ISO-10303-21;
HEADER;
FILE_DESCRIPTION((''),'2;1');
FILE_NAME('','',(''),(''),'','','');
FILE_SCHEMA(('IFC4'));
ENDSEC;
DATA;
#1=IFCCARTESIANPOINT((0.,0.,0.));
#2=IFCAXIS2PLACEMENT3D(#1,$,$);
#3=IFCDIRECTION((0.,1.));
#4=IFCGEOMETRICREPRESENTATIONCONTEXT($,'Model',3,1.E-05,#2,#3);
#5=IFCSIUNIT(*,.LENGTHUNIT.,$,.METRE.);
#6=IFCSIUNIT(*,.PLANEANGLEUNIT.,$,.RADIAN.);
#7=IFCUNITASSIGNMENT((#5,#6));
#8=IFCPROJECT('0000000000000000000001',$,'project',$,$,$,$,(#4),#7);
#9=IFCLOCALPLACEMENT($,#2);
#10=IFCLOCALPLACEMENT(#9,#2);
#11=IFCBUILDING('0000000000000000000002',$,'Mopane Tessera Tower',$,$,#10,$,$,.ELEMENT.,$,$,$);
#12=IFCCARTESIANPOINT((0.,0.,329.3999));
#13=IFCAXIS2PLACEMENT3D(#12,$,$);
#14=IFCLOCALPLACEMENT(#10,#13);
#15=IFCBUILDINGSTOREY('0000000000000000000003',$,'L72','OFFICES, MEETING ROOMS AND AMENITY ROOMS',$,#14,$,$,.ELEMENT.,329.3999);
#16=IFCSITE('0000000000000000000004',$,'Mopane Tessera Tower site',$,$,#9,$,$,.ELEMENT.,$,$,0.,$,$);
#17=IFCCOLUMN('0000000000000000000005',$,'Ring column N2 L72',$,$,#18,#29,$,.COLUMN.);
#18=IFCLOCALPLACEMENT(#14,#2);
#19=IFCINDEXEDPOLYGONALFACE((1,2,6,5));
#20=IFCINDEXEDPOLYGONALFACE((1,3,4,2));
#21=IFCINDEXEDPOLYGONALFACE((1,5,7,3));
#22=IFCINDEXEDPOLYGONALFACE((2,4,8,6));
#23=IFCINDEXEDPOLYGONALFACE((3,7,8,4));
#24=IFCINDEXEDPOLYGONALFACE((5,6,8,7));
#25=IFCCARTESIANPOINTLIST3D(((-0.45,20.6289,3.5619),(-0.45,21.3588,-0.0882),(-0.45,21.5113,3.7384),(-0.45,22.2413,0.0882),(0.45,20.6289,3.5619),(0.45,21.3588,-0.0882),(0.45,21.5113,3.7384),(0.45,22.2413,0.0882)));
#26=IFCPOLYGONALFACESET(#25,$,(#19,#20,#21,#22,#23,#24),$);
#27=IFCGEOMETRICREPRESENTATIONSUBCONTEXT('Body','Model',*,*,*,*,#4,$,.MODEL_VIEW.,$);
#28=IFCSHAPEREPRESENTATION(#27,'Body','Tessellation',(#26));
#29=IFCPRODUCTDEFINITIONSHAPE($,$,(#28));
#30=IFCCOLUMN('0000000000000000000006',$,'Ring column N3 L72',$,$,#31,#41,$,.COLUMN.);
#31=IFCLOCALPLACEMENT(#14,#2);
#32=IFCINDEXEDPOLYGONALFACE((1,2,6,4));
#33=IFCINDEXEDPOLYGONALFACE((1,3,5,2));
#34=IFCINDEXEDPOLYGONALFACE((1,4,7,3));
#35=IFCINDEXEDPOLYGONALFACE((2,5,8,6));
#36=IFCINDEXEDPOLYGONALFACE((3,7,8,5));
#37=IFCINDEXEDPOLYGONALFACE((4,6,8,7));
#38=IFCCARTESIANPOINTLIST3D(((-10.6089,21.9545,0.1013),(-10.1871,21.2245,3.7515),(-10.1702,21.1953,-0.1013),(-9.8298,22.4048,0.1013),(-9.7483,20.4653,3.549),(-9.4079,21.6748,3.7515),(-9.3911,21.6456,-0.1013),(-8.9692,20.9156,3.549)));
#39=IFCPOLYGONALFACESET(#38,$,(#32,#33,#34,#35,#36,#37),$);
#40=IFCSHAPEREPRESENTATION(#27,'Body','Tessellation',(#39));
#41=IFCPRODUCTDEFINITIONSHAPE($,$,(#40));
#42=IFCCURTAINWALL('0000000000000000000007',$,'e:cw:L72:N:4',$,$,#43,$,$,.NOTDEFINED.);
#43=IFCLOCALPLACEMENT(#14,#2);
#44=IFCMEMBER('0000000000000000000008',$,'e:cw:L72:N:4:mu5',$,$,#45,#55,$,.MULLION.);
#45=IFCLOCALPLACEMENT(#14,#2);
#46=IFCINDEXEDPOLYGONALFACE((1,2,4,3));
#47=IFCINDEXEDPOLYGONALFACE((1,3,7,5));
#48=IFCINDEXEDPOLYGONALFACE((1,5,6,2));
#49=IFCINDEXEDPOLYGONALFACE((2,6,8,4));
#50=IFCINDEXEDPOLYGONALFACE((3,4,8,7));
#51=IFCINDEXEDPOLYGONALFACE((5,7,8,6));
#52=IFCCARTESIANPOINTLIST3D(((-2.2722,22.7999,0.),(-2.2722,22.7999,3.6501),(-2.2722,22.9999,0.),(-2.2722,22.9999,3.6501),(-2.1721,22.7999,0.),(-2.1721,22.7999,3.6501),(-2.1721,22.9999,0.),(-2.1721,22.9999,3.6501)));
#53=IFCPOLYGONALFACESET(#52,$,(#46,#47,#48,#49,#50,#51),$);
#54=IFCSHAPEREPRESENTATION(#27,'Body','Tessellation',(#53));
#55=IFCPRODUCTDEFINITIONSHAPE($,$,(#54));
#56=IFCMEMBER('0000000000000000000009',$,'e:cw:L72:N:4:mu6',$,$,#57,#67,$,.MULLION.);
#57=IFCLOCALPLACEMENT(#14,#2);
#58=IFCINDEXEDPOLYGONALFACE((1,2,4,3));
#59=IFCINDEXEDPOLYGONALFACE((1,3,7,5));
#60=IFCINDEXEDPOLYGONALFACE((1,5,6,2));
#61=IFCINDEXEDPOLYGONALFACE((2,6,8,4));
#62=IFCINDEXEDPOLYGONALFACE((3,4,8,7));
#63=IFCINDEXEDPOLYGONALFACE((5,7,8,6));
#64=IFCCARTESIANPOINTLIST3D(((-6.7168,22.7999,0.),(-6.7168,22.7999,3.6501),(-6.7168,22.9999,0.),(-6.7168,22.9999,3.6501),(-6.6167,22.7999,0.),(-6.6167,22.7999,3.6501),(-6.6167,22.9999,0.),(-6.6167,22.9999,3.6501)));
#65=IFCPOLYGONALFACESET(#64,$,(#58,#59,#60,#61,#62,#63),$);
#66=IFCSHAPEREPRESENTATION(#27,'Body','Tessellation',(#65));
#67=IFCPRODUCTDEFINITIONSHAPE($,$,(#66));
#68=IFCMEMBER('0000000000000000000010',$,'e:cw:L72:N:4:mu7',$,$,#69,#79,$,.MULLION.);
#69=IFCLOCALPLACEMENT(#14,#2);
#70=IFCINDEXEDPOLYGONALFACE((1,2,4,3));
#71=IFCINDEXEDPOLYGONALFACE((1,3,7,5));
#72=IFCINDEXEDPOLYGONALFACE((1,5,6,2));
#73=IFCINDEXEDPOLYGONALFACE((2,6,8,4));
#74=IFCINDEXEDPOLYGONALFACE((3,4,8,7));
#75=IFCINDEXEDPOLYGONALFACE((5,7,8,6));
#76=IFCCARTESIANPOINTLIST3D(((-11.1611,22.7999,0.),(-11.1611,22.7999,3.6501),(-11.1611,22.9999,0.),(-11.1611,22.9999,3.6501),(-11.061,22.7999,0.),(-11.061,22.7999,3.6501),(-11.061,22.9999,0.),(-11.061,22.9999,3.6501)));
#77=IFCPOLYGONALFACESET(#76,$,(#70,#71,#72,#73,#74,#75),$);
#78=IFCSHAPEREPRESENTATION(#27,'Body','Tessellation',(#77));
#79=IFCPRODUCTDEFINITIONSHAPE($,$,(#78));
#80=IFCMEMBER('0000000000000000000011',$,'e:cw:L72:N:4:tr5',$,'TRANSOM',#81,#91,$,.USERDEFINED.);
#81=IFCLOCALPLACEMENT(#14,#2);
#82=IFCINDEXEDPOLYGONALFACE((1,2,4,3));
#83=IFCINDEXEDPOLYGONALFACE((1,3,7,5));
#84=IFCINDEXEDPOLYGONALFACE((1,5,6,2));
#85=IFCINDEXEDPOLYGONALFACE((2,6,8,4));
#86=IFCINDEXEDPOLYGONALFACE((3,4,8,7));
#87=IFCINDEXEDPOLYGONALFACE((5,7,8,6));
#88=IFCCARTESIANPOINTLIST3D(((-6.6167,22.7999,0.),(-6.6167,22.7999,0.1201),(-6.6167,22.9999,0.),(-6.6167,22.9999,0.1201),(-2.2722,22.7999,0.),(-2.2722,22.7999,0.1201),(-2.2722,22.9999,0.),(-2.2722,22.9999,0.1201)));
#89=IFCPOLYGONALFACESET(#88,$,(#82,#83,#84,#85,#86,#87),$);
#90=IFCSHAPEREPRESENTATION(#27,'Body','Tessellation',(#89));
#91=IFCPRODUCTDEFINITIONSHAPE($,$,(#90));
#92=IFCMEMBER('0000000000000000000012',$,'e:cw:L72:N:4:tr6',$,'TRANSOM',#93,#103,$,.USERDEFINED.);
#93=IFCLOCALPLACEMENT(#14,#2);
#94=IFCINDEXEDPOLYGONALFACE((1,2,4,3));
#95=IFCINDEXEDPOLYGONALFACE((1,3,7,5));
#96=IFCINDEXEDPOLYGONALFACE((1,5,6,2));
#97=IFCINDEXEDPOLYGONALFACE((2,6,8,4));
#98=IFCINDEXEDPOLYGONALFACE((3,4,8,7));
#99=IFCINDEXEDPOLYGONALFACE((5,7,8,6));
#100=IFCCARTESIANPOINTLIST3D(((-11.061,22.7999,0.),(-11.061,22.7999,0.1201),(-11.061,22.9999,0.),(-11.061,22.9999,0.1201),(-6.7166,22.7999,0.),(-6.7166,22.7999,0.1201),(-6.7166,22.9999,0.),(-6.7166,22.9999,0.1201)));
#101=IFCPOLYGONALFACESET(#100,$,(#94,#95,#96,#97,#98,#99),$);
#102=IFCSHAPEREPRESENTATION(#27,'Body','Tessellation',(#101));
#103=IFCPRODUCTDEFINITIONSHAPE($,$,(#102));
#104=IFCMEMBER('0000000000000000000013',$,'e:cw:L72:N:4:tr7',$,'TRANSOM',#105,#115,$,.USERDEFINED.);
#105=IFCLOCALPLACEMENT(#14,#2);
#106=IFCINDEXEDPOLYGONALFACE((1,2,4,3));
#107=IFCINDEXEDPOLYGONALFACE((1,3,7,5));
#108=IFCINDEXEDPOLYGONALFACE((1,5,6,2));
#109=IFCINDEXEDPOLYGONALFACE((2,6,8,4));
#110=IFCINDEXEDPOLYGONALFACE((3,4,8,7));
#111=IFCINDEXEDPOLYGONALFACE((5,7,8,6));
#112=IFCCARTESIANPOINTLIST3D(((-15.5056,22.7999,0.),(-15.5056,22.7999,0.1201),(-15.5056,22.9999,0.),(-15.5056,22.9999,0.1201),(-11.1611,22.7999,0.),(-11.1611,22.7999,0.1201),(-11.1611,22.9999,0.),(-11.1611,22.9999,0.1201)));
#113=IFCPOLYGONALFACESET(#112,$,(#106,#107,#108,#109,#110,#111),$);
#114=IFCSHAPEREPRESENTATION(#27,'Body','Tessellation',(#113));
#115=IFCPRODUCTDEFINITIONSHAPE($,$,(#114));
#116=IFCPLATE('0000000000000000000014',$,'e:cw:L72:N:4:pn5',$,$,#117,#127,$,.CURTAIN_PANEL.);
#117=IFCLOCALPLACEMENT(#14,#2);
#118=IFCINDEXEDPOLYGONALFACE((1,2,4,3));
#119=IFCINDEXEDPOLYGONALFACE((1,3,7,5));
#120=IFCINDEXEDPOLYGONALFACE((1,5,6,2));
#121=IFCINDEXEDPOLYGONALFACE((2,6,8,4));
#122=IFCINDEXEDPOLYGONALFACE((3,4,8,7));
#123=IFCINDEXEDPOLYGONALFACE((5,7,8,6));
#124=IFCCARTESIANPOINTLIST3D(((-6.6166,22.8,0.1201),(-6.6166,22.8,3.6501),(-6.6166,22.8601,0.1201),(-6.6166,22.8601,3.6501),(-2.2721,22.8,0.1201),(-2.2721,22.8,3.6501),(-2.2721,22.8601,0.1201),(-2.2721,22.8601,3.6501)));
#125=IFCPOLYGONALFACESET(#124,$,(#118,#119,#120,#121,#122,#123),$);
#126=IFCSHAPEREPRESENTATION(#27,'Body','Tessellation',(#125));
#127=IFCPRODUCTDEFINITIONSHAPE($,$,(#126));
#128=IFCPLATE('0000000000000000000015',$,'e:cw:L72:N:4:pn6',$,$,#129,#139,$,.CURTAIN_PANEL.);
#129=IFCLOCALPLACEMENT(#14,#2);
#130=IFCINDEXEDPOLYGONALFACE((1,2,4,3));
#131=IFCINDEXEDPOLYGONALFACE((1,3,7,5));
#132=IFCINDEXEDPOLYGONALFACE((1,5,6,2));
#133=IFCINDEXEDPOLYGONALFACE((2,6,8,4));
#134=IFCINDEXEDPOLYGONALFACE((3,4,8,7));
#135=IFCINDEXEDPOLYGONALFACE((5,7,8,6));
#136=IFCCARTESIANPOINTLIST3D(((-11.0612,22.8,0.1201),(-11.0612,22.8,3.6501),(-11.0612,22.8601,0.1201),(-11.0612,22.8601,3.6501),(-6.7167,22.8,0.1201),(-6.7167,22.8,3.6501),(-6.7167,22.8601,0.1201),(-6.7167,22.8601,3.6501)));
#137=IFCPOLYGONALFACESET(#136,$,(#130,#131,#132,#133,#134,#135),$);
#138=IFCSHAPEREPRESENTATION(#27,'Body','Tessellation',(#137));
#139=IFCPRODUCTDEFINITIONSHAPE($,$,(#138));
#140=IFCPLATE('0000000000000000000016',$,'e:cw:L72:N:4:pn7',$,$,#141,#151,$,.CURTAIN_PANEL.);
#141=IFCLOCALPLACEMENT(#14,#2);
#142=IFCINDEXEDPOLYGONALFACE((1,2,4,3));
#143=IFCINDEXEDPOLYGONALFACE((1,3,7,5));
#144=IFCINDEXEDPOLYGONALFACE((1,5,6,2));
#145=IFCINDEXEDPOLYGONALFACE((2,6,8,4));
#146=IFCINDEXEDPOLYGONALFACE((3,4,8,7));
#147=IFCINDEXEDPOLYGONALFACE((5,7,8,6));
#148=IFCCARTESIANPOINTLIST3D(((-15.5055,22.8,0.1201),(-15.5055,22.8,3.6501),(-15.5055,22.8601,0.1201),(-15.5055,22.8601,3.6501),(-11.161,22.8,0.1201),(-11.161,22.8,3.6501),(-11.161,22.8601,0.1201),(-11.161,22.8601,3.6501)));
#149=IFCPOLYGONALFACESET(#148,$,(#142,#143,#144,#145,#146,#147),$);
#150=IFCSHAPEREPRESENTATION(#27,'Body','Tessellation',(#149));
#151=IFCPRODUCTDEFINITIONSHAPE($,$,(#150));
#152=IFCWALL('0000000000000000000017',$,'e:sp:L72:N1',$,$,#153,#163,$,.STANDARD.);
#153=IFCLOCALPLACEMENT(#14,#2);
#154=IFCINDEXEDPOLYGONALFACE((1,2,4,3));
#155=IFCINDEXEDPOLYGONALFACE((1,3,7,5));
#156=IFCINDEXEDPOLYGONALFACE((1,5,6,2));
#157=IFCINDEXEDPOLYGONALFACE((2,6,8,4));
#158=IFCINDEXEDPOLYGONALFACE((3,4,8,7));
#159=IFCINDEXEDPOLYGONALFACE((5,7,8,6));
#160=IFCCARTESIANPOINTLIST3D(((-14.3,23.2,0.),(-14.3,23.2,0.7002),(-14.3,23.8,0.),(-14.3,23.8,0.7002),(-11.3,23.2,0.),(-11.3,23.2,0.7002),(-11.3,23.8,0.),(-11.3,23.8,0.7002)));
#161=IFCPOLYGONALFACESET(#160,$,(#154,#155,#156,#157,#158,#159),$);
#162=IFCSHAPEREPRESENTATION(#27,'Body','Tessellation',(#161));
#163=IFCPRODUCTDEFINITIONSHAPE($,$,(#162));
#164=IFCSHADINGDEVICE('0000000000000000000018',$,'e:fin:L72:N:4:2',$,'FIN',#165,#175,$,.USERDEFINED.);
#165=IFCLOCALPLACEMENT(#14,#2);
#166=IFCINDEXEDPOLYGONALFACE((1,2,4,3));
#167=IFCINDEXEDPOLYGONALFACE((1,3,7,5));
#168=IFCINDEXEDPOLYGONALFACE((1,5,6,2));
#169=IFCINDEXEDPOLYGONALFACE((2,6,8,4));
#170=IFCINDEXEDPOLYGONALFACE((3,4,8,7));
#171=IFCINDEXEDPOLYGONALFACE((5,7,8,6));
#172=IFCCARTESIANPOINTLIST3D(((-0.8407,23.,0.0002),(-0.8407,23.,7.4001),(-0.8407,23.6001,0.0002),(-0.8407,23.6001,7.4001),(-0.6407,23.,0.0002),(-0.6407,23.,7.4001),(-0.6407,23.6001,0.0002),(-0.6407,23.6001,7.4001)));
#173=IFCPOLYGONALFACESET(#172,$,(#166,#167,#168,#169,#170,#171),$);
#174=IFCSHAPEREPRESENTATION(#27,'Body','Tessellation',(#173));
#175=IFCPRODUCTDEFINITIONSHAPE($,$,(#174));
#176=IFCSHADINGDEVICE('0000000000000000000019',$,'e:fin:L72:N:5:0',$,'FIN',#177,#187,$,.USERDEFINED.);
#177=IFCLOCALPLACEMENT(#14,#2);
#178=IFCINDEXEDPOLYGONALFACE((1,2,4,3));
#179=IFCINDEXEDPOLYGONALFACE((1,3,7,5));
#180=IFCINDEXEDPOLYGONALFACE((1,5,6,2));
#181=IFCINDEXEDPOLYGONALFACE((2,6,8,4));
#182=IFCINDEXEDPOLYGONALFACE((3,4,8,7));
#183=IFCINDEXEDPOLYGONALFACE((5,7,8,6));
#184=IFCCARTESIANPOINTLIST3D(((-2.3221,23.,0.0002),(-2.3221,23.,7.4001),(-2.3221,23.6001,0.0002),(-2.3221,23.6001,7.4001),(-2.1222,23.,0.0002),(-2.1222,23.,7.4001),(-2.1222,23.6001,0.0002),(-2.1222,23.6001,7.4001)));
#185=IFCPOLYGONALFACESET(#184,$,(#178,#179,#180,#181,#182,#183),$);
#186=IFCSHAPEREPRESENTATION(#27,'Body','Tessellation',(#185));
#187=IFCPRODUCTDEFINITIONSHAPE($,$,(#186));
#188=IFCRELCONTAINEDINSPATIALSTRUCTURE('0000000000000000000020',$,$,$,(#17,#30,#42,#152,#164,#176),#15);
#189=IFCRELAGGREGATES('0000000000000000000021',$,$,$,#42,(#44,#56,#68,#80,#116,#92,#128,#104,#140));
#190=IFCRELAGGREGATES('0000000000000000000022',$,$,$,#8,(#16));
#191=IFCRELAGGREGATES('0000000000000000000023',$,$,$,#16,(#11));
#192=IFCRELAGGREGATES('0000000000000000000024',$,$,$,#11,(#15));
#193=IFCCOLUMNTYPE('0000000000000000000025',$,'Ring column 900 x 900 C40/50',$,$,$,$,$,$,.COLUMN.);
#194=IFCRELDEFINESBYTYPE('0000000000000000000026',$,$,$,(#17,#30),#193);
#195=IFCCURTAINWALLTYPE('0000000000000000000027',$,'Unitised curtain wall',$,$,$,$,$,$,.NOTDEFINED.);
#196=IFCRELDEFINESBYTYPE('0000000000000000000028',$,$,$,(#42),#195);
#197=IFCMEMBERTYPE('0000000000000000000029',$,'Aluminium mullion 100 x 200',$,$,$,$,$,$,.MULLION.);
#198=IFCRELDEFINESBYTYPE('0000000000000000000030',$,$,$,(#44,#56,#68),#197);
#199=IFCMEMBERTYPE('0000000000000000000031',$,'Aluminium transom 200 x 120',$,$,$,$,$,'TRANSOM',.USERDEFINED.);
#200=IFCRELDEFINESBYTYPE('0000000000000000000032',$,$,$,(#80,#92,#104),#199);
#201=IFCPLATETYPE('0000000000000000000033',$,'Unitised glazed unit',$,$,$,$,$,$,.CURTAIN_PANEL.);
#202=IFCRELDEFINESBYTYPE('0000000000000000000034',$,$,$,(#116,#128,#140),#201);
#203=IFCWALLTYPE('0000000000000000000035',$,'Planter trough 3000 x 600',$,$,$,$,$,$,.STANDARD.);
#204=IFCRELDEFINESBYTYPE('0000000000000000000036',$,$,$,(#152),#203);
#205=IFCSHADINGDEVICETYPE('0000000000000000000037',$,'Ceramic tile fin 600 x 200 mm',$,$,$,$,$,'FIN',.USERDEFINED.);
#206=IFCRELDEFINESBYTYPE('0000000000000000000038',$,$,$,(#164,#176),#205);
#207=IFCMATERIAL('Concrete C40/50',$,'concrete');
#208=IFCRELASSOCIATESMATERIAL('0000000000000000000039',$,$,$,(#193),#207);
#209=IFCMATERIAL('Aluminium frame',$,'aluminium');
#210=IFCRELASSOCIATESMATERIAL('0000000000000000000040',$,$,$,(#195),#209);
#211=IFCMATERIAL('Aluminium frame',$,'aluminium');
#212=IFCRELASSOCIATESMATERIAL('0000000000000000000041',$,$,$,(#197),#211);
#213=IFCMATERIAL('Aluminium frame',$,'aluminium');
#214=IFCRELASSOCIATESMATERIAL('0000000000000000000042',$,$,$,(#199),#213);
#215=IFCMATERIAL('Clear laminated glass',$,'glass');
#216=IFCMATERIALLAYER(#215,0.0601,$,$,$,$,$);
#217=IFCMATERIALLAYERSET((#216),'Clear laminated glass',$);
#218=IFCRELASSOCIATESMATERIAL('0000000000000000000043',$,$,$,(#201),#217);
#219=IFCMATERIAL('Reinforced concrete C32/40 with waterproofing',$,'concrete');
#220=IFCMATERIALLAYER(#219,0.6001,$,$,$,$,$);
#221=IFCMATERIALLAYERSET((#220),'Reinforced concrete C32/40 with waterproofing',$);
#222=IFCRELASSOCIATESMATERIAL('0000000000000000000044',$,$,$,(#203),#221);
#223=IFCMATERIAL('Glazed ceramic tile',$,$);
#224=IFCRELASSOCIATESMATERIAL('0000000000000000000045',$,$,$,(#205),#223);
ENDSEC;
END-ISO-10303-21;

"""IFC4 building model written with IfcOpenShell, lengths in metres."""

from ifc_helpers import new_model, si_unit, direction, frame, frame_2d, origin, origin_2d, place, context, subcontext, project, spatial, rectangle, extrude, material, layer, layer_set, material_profile, profile_set, type_object, element, aggregate, save


model = new_model("IFC4")

# Units and contexts
model_context = context("Model", 3, precision=1e-05, world=origin(), true_north=direction((0.0, 1.0)))
body_context = subcontext(model_context, "Body", "Model", "MODEL_VIEW")
ifc_project = project(units=[si_unit("LENGTHUNIT", "METRE"), si_unit("PLANEANGLEUNIT", "RADIAN")], contexts=[model_context])

# Site, building, storey
site_placement = place(None, origin())
site = spatial("IfcSite", under=ifc_project, at=site_placement, Name="Mopane Tessera Tower site", CompositionType="ELEMENT", RefElevation=0.0)
building_placement = place(site_placement, origin())
building = spatial("IfcBuilding", under=site, at=building_placement, Name="Mopane Tessera Tower", CompositionType="ELEMENT")
storey_placement = place(building_placement, frame((0.0, 0.0, 329.3999)))
storey = spatial("IfcBuildingStorey", under=building, at=storey_placement, Name="L72", Description="OFFICES, MEETING ROOMS AND AMENITY ROOMS", CompositionType="ELEMENT", Elevation=329.3999)

# Columns
ifc_material_1 = material(Name="Concrete C40/50", Category="concrete")
ifc_material_profile_1 = material_profile(ifc_material_1, rectangle(XDim=0.8999, YDim=0.8999, at=origin_2d()))
ifc_profile_set_1 = profile_set([ifc_material_profile_1], Name="Concrete C40/50")
column_type = type_object("IfcColumnType", Name="Ring column 900 x 900 C40/50", PredefinedType="COLUMN", material=ifc_profile_set_1)
column_1_placement = place(storey_placement, frame((0.0, 21.8, 0.0), z_axis=(0.0, -0.196104, 0.980583), x_axis=(1.0, 0.0, 0.0)))
element("IfcColumn", 1, at=column_1_placement, inside=storey, type_object=column_type, Name="Ring column N2 L72", PredefinedType="COLUMN", context=body_context, shape_type="SweptSolid", body=[
    extrude(rectangle(XDim=0.8999, YDim=0.8999, at=origin_2d()), origin(), (0.0, 0.0, 1.0), 3.7224),
])
column_2_placement = place(storey_placement, frame((-10.0, 21.8, 0.0), z_axis=(0.112612, -0.194856, 0.974346), x_axis=(0.865809, 0.500374, 0.0)))
element("IfcColumn", 2, at=column_2_placement, inside=storey, type_object=column_type, Name="Ring column N3 L72", PredefinedType="COLUMN", context=body_context, shape_type="SweptSolid", body=[
    extrude(rectangle(XDim=0.8999, YDim=0.8999, at=origin_2d()), origin(), (0.0, 0.0, 1.0), 3.7463),
])

# Curtain wall, members, plates
ifc_material_2 = material(Name="Aluminium frame", Category="aluminium")
curtain_wall_type = type_object("IfcCurtainWallType", Name="Unitised curtain wall", PredefinedType="NOTDEFINED", material=ifc_material_2)
curtain_wall_placement = place(storey_placement, origin())
curtain_wall = element("IfcCurtainWall", 3, at=curtain_wall_placement, inside=storey, type_object=curtain_wall_type, Name="e:cw:L72:N:4", PredefinedType="NOTDEFINED")
ifc_material_3 = material(Name="Aluminium frame", Category="aluminium")
ifc_material_profile_2 = material_profile(ifc_material_3, rectangle(XDim=0.1001, YDim=0.2, at=origin_2d()))
ifc_profile_set_2 = profile_set([ifc_material_profile_2], Name="Aluminium frame")
member_type_1 = type_object("IfcMemberType", Name="Aluminium mullion 100 x 200", PredefinedType="MULLION", material=ifc_profile_set_2)
member_1_placement = place(storey_placement, frame((-2.2222, 22.8999, 0.0), z_axis=(0.0, 0.0, 1.0), x_axis=(-1.0, 0.0, 0.0)))
member_1 = element("IfcMember", 4, at=member_1_placement, type_object=member_type_1, Name="e:cw:L72:N:4:mu5", PredefinedType="MULLION", context=body_context, shape_type="SweptSolid", body=[
    extrude(rectangle(XDim=0.1001, YDim=0.2, at=origin_2d()), origin(), (0.0, 0.0, 1.0), 3.6501),
])
member_2_placement = place(storey_placement, frame((-6.6667, 22.8999, 0.0), z_axis=(0.0, 0.0, 1.0), x_axis=(-1.0, 0.0, 0.0)))
member_2 = element("IfcMember", 5, at=member_2_placement, type_object=member_type_1, Name="e:cw:L72:N:4:mu6", PredefinedType="MULLION", context=body_context, shape_type="SweptSolid", body=[
    extrude(rectangle(XDim=0.1001, YDim=0.2, at=origin_2d()), origin(), (0.0, 0.0, 1.0), 3.6501),
])
member_3_placement = place(storey_placement, frame((-11.1111, 22.8999, 0.0), z_axis=(0.0, 0.0, 1.0), x_axis=(-1.0, 0.0, 0.0)))
member_3 = element("IfcMember", 6, at=member_3_placement, type_object=member_type_1, Name="e:cw:L72:N:4:mu7", PredefinedType="MULLION", context=body_context, shape_type="SweptSolid", body=[
    extrude(rectangle(XDim=0.1001, YDim=0.2, at=origin_2d()), origin(), (0.0, 0.0, 1.0), 3.6501),
])
ifc_material_4 = material(Name="Aluminium frame", Category="aluminium")
ifc_material_profile_3 = material_profile(ifc_material_4, rectangle(XDim=0.2, YDim=0.1201, at=origin_2d()))
ifc_profile_set_3 = profile_set([ifc_material_profile_3], Name="Aluminium frame")
member_type_2 = type_object("IfcMemberType", Name="Aluminium transom 200 x 120", ElementType="TRANSOM", PredefinedType="USERDEFINED", material=ifc_profile_set_3)
member_4_placement = place(storey_placement, frame((-2.2722, 22.8999, 0.0601), z_axis=(-1.0, 0.0, 0.0), x_axis=(0.0, -1.0, 0.0)))
member_4 = element("IfcMember", 7, at=member_4_placement, type_object=member_type_2, Name="e:cw:L72:N:4:tr5", ObjectType="TRANSOM", PredefinedType="USERDEFINED", context=body_context, shape_type="SweptSolid", body=[
    extrude(rectangle(XDim=0.2, YDim=0.1201, at=origin_2d()), origin(), (0.0, 0.0, 1.0), 4.3445),
])
member_5_placement = place(storey_placement, frame((-6.7166, 22.8999, 0.0601), z_axis=(-1.0, 0.0, 0.0), x_axis=(0.0, -1.0, 0.0)))
member_5 = element("IfcMember", 8, at=member_5_placement, type_object=member_type_2, Name="e:cw:L72:N:4:tr6", ObjectType="TRANSOM", PredefinedType="USERDEFINED", context=body_context, shape_type="SweptSolid", body=[
    extrude(rectangle(XDim=0.2, YDim=0.1201, at=origin_2d()), origin(), (0.0, 0.0, 1.0), 4.3445),
])
member_6_placement = place(storey_placement, frame((-11.1611, 22.8999, 0.0601), z_axis=(-1.0, 0.0, 0.0), x_axis=(0.0, -1.0, 0.0)))
member_6 = element("IfcMember", 9, at=member_6_placement, type_object=member_type_2, Name="e:cw:L72:N:4:tr7", ObjectType="TRANSOM", PredefinedType="USERDEFINED", context=body_context, shape_type="SweptSolid", body=[
    extrude(rectangle(XDim=0.2, YDim=0.1201, at=origin_2d()), origin(), (0.0, 0.0, 1.0), 4.3445),
])
ifc_material_5 = material(Name="Clear laminated glass", Category="glass")
ifc_layer_1 = layer(ifc_material_5, 0.0601)
ifc_layer_set_1 = layer_set([ifc_layer_1], Name="Clear laminated glass")
plate_type = type_object("IfcPlateType", Name="Unitised glazed unit", PredefinedType="CURTAIN_PANEL", material=ifc_layer_set_1)
plate_1_placement = place(storey_placement, frame((-4.4443, 22.8301, 0.1201), z_axis=(0.0, 0.0, 1.0), x_axis=(-1.0, 0.0, 0.0)))
plate_1 = element("IfcPlate", 10, at=plate_1_placement, type_object=plate_type, Name="e:cw:L72:N:4:pn5", PredefinedType="CURTAIN_PANEL", context=body_context, shape_type="SweptSolid", body=[
    extrude(rectangle(XDim=4.3445, YDim=0.0601, at=origin_2d()), origin(), (0.0, 0.0, 1.0), 3.53),
])
plate_2_placement = place(storey_placement, frame((-8.8889, 22.8301, 0.1201), z_axis=(0.0, 0.0, 1.0), x_axis=(-1.0, 0.0, 0.0)))
plate_2 = element("IfcPlate", 11, at=plate_2_placement, type_object=plate_type, Name="e:cw:L72:N:4:pn6", PredefinedType="CURTAIN_PANEL", context=body_context, shape_type="SweptSolid", body=[
    extrude(rectangle(XDim=4.3445, YDim=0.0601, at=origin_2d()), origin(), (0.0, 0.0, 1.0), 3.53),
])
plate_3_placement = place(storey_placement, frame((-13.3333, 22.8301, 0.1201), z_axis=(0.0, 0.0, 1.0), x_axis=(-1.0, 0.0, 0.0)))
plate_3 = element("IfcPlate", 12, at=plate_3_placement, type_object=plate_type, Name="e:cw:L72:N:4:pn7", PredefinedType="CURTAIN_PANEL", context=body_context, shape_type="SweptSolid", body=[
    extrude(rectangle(XDim=4.3445, YDim=0.0601, at=origin_2d()), origin(), (0.0, 0.0, 1.0), 3.53),
])
aggregate(curtain_wall, [member_1, member_2, member_3, member_4, plate_1, member_5, plate_2, member_6, plate_3])

# Wall
ifc_material_6 = material(Name="Reinforced concrete C32/40 with waterproofing", Category="concrete")
ifc_layer_2 = layer(ifc_material_6, 0.6001)
ifc_layer_set_2 = layer_set([ifc_layer_2], Name="Reinforced concrete C32/40 with waterproofing")
wall_type = type_object("IfcWallType", Name="Planter trough 3000 x 600", PredefinedType="STANDARD", material=ifc_layer_set_2)
wall_placement = place(storey_placement, frame((-11.3, 23.5, 0.0), z_axis=(0.0, 0.0, 1.0), x_axis=(-1.0, 0.0, 0.0)))
element("IfcWall", 13, at=wall_placement, inside=storey, type_object=wall_type, Name="e:sp:L72:N1", PredefinedType="STANDARD", context=body_context, shape_type="SweptSolid", body=[
    extrude(rectangle(XDim=3.0, YDim=0.6001, at=frame_2d((1.5, 0.0))), origin(), (0.0, 0.0, 1.0), 0.7002),
])

# Shading devices
ifc_material_7 = material(Name="Glazed ceramic tile")
shading_device_type = type_object("IfcShadingDeviceType", Name="Ceramic tile fin 600 x 200 mm", ElementType="FIN", PredefinedType="USERDEFINED", material=ifc_material_7)
for number, where, z_axis, x_axis, name in (
    (14, (-0.7407, 23.3, 0.0002), (0.0, 0.0, 1.0), (-1.0, 0.0, 0.0), "e:fin:L72:N:4:2"),
    (15, (-2.2222, 23.3, 0.0002), (0.0, 0.0, 1.0), (-1.0, 0.0, 0.0), "e:fin:L72:N:5:0"),
):
    element("IfcShadingDevice", number, at=place(storey_placement, frame(where, z_axis=z_axis, x_axis=x_axis)), inside=storey, type_object=shading_device_type, Name=name, ObjectType="FIN", PredefinedType="USERDEFINED", context=body_context, shape_type="SweptSolid", body=[
        extrude(rectangle(XDim=0.2, YDim=0.6001, at=origin_2d()), origin(), (0.0, 0.0, 1.0), 7.3999),
    ])

save(model, "model.ifc")
